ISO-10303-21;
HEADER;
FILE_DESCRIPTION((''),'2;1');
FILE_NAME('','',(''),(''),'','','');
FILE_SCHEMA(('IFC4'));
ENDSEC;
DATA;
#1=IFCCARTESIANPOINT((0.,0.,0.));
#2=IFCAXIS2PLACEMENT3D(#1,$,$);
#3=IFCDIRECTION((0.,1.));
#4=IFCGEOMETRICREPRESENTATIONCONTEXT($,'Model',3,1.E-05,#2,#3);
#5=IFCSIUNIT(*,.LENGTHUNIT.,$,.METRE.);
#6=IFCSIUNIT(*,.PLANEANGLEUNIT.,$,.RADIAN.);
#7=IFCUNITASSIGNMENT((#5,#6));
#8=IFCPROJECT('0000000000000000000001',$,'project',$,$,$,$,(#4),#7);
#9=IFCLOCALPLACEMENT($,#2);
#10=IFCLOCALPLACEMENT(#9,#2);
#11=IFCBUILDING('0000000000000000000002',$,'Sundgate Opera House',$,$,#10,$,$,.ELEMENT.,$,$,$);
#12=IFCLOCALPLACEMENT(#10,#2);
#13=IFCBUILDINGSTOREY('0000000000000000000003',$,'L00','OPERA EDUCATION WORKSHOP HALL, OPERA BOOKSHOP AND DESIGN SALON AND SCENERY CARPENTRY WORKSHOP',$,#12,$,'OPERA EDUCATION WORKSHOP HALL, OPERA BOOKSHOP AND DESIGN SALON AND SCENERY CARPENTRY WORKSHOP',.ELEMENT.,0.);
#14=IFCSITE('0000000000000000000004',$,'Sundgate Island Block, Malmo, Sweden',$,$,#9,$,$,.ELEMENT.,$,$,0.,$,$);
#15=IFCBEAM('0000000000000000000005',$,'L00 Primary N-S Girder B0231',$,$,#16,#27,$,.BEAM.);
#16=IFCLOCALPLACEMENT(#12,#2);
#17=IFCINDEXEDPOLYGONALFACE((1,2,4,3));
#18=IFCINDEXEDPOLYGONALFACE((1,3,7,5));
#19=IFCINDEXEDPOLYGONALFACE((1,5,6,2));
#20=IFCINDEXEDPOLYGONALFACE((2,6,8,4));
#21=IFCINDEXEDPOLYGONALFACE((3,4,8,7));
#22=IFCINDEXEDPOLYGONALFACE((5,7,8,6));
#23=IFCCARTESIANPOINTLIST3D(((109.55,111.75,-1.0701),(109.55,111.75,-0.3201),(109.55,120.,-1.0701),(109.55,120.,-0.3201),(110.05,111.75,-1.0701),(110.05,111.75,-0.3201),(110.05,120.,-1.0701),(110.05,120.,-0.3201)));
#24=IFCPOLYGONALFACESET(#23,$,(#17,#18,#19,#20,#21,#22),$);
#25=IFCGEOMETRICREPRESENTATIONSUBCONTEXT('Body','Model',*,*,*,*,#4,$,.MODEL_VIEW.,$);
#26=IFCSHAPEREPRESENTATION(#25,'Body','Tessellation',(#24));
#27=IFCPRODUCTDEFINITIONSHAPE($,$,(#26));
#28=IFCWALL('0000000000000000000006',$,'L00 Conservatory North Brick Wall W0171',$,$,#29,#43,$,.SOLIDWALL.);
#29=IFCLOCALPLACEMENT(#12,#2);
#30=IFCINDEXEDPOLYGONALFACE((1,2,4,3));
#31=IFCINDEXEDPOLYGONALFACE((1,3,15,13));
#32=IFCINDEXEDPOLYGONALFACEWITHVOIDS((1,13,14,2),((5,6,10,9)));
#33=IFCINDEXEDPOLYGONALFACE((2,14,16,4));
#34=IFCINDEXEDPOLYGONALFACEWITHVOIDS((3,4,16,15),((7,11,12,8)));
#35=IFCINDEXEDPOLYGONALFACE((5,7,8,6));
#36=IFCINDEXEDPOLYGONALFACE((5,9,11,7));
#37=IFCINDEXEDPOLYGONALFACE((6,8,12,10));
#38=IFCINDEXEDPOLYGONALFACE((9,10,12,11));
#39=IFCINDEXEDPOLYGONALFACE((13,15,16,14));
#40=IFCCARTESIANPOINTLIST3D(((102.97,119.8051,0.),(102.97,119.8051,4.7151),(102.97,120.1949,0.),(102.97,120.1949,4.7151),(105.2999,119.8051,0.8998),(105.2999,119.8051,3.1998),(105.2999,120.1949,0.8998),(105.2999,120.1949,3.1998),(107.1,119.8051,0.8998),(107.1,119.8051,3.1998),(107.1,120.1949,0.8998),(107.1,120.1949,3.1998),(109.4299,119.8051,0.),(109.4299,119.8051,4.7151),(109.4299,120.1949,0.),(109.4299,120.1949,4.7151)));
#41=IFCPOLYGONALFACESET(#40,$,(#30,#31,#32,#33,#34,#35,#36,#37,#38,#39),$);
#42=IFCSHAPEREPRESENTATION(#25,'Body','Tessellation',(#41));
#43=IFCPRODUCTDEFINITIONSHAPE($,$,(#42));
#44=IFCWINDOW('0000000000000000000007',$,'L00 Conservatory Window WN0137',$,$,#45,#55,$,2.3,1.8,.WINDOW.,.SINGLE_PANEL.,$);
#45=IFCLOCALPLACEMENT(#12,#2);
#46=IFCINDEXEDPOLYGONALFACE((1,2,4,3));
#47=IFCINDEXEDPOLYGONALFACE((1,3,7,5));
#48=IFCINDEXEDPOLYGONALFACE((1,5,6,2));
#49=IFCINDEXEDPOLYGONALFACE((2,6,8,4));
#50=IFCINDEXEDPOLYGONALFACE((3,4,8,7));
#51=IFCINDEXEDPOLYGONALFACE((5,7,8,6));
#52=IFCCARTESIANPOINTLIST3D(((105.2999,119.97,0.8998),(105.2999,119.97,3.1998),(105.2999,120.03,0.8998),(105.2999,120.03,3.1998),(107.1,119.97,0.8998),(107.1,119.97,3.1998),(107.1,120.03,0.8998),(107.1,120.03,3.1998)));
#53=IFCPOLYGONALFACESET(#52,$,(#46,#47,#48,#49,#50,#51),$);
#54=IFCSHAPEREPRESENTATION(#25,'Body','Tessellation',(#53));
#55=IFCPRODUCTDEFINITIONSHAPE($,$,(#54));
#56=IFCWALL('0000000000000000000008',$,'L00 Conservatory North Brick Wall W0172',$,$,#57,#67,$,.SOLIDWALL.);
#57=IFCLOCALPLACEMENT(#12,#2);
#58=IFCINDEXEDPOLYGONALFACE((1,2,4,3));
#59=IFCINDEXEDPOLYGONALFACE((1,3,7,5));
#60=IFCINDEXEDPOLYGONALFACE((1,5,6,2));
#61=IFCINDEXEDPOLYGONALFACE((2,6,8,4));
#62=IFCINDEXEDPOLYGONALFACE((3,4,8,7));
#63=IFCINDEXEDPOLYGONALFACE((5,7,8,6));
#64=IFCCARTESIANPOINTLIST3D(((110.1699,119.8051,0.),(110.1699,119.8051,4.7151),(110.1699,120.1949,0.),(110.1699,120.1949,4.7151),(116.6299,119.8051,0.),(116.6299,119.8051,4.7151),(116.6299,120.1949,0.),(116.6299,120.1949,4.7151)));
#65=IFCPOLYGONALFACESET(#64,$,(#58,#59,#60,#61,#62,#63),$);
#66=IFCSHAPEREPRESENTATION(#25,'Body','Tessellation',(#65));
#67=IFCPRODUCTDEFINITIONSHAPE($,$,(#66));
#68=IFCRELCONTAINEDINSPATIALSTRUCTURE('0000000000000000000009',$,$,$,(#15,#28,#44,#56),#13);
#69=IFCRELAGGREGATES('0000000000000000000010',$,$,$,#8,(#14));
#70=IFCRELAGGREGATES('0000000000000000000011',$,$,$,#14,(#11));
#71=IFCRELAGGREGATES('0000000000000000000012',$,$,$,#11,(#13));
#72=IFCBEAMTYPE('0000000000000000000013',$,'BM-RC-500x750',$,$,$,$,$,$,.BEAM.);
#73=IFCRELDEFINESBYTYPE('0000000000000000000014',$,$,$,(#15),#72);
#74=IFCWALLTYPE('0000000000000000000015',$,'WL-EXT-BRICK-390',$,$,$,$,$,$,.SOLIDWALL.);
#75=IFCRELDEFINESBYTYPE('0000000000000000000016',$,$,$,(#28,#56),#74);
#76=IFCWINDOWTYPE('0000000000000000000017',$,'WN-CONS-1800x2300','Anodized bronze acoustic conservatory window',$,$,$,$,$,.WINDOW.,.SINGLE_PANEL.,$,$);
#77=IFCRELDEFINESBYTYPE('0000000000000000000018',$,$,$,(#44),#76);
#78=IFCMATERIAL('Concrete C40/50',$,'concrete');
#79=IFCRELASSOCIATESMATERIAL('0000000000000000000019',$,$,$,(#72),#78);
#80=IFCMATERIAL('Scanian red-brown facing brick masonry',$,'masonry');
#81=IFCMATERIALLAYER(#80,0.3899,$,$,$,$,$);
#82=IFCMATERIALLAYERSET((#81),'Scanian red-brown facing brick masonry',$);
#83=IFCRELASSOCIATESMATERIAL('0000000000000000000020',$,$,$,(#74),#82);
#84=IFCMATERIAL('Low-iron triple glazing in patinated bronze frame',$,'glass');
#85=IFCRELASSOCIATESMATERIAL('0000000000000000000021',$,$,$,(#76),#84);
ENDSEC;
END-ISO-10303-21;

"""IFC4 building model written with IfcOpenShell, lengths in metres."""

from ifc_helpers import new_model, si_unit, direction, frame, frame_2d, origin, origin_2d, place, context, subcontext, project, spatial, rectangle, extrude, material, layer, layer_set, material_profile, profile_set, type_object, element, fill, save


model = new_model("IFC4")

# Units and contexts
model_context = context("Model", 3, precision=1e-05, world=origin(), true_north=direction((0.0, 1.0)))
body_context = subcontext(model_context, "Body", "Model", "MODEL_VIEW")
ifc_project = project(units=[si_unit("LENGTHUNIT", "METRE"), si_unit("PLANEANGLEUNIT", "RADIAN")], contexts=[model_context])

# Site, building, storey
site_placement = place(None, origin())
site = spatial("IfcSite", under=ifc_project, at=site_placement, Name="Sundgate Island Block, Malmo, Sweden", CompositionType="ELEMENT", RefElevation=0.0)
building_placement = place(site_placement, origin())
building = spatial("IfcBuilding", under=site, at=building_placement, Name="Sundgate Opera House", CompositionType="ELEMENT")
storey_placement = place(building_placement, origin())
storey = spatial("IfcBuildingStorey", under=building, at=storey_placement, Name="L00", Description="OPERA EDUCATION WORKSHOP HALL, OPERA BOOKSHOP AND DESIGN SALON AND SCENERY CARPENTRY WORKSHOP", LongName="OPERA EDUCATION WORKSHOP HALL, OPERA BOOKSHOP AND DESIGN SALON AND SCENERY CARPENTRY WORKSHOP", CompositionType="ELEMENT", Elevation=0.0)

# Beam
ifc_material_1 = material(Name="Concrete C40/50", Category="concrete")
ifc_material_profile_1 = material_profile(ifc_material_1, rectangle(XDim=0.5, YDim=0.75, at=origin_2d()), Name="RC 500x750")
ifc_profile_set_1 = profile_set([ifc_material_profile_1], Name="Concrete C40/50")
beam_type_1 = type_object("IfcBeamType", Name="BM-RC-500x750", PredefinedType="BEAM", material=ifc_profile_set_1)
beam_1_placement = place(storey_placement, frame((109.8, 111.75, -0.6951), z_axis=(0.0, 1.0, 0.0), x_axis=(-1.0, 0.0, 0.0)))
element("IfcBeam", 1, at=beam_1_placement, inside=storey, type_object=beam_type_1, Name="L00 Primary N-S Girder B0231", PredefinedType="BEAM", context=body_context, shape_type="SweptSolid", body=[
    extrude(rectangle(XDim=0.5, YDim=0.75, at=origin_2d()), origin(), (0.0, 0.0, 1.0), 8.25),
])

# Wall, opening, window
ifc_material_2 = material(Name="Scanian red-brown facing brick masonry", Category="masonry")
ifc_layer = layer(ifc_material_2, 0.3899)
ifc_layer_set = layer_set([ifc_layer], Name="Scanian red-brown facing brick masonry")
wall_type = type_object("IfcWallType", Name="WL-EXT-BRICK-390", PredefinedType="SOLIDWALL", material=ifc_layer_set)
wall_1_placement = place(storey_placement, frame((102.97, 120.0, 0.0), z_axis=(0.0, 0.0, 1.0), x_axis=(1.0, 0.0, 0.0)))
wall_1 = element("IfcWall", 2, at=wall_1_placement, inside=storey, type_object=wall_type, Name="L00 Conservatory North Brick Wall W0171", PredefinedType="SOLIDWALL", context=body_context, shape_type="SweptSolid", body=[
    extrude(rectangle(XDim=6.46, YDim=0.3899, at=frame_2d((3.23, 0.0))), origin(), (0.0, 0.0, 1.0), 4.7151),
])
opening_1_placement = place(wall_1_placement, frame((2.3301, 0.0, 0.8999)))
opening_1 = element("IfcOpeningElement", 3, at=opening_1_placement, cuts=wall_1, PredefinedType="OPENING", context=body_context, shape_type="SweptSolid", body=[
    extrude(rectangle(XDim=1.8, YDim=2.3, at=frame_2d((0.8999, 1.1499))), frame((0.0, 0.2048, 0.0), z_axis=(0.0, -1.0, 0.0), x_axis=(1.0, 0.0, 0.0)), (0.0, 0.0, 1.0), 0.4099),
])
ifc_material_3 = material(Name="Low-iron triple glazing in patinated bronze frame", Category="glass")
window_type = type_object("IfcWindowType", Name="WN-CONS-1800x2300", Description="Anodized bronze acoustic conservatory window", PartitioningType="SINGLE_PANEL", PredefinedType="WINDOW", material=ifc_material_3)
window_placement = place(opening_1_placement, origin())
window = element("IfcWindow", 4, at=window_placement, inside=storey, type_object=window_type, Name="L00 Conservatory Window WN0137", OverallHeight=2.3, OverallWidth=1.8, PartitioningType="SINGLE_PANEL", PredefinedType="WINDOW", context=body_context, shape_type="SweptSolid", body=[
    extrude(rectangle(XDim=1.8, YDim=2.3, at=frame_2d((0.8999, 1.1499))), frame((0.0, 0.03, 0.0), z_axis=(0.0, -1.0, 0.0), x_axis=(1.0, 0.0, 0.0)), (0.0, 0.0, 1.0), 0.0601),
])
fill(opening_1, window)

# Wall
wall_2_placement = place(storey_placement, frame((110.1699, 120.0, 0.0), z_axis=(0.0, 0.0, 1.0), x_axis=(1.0, 0.0, 0.0)))
element("IfcWall", 5, at=wall_2_placement, inside=storey, type_object=wall_type, Name="L00 Conservatory North Brick Wall W0172", PredefinedType="SOLIDWALL", context=body_context, shape_type="SweptSolid", body=[
    extrude(rectangle(XDim=6.46, YDim=0.3899, at=frame_2d((3.23, 0.0))), origin(), (0.0, 0.0, 1.0), 4.7151),
])

save(model, "model.ifc")
